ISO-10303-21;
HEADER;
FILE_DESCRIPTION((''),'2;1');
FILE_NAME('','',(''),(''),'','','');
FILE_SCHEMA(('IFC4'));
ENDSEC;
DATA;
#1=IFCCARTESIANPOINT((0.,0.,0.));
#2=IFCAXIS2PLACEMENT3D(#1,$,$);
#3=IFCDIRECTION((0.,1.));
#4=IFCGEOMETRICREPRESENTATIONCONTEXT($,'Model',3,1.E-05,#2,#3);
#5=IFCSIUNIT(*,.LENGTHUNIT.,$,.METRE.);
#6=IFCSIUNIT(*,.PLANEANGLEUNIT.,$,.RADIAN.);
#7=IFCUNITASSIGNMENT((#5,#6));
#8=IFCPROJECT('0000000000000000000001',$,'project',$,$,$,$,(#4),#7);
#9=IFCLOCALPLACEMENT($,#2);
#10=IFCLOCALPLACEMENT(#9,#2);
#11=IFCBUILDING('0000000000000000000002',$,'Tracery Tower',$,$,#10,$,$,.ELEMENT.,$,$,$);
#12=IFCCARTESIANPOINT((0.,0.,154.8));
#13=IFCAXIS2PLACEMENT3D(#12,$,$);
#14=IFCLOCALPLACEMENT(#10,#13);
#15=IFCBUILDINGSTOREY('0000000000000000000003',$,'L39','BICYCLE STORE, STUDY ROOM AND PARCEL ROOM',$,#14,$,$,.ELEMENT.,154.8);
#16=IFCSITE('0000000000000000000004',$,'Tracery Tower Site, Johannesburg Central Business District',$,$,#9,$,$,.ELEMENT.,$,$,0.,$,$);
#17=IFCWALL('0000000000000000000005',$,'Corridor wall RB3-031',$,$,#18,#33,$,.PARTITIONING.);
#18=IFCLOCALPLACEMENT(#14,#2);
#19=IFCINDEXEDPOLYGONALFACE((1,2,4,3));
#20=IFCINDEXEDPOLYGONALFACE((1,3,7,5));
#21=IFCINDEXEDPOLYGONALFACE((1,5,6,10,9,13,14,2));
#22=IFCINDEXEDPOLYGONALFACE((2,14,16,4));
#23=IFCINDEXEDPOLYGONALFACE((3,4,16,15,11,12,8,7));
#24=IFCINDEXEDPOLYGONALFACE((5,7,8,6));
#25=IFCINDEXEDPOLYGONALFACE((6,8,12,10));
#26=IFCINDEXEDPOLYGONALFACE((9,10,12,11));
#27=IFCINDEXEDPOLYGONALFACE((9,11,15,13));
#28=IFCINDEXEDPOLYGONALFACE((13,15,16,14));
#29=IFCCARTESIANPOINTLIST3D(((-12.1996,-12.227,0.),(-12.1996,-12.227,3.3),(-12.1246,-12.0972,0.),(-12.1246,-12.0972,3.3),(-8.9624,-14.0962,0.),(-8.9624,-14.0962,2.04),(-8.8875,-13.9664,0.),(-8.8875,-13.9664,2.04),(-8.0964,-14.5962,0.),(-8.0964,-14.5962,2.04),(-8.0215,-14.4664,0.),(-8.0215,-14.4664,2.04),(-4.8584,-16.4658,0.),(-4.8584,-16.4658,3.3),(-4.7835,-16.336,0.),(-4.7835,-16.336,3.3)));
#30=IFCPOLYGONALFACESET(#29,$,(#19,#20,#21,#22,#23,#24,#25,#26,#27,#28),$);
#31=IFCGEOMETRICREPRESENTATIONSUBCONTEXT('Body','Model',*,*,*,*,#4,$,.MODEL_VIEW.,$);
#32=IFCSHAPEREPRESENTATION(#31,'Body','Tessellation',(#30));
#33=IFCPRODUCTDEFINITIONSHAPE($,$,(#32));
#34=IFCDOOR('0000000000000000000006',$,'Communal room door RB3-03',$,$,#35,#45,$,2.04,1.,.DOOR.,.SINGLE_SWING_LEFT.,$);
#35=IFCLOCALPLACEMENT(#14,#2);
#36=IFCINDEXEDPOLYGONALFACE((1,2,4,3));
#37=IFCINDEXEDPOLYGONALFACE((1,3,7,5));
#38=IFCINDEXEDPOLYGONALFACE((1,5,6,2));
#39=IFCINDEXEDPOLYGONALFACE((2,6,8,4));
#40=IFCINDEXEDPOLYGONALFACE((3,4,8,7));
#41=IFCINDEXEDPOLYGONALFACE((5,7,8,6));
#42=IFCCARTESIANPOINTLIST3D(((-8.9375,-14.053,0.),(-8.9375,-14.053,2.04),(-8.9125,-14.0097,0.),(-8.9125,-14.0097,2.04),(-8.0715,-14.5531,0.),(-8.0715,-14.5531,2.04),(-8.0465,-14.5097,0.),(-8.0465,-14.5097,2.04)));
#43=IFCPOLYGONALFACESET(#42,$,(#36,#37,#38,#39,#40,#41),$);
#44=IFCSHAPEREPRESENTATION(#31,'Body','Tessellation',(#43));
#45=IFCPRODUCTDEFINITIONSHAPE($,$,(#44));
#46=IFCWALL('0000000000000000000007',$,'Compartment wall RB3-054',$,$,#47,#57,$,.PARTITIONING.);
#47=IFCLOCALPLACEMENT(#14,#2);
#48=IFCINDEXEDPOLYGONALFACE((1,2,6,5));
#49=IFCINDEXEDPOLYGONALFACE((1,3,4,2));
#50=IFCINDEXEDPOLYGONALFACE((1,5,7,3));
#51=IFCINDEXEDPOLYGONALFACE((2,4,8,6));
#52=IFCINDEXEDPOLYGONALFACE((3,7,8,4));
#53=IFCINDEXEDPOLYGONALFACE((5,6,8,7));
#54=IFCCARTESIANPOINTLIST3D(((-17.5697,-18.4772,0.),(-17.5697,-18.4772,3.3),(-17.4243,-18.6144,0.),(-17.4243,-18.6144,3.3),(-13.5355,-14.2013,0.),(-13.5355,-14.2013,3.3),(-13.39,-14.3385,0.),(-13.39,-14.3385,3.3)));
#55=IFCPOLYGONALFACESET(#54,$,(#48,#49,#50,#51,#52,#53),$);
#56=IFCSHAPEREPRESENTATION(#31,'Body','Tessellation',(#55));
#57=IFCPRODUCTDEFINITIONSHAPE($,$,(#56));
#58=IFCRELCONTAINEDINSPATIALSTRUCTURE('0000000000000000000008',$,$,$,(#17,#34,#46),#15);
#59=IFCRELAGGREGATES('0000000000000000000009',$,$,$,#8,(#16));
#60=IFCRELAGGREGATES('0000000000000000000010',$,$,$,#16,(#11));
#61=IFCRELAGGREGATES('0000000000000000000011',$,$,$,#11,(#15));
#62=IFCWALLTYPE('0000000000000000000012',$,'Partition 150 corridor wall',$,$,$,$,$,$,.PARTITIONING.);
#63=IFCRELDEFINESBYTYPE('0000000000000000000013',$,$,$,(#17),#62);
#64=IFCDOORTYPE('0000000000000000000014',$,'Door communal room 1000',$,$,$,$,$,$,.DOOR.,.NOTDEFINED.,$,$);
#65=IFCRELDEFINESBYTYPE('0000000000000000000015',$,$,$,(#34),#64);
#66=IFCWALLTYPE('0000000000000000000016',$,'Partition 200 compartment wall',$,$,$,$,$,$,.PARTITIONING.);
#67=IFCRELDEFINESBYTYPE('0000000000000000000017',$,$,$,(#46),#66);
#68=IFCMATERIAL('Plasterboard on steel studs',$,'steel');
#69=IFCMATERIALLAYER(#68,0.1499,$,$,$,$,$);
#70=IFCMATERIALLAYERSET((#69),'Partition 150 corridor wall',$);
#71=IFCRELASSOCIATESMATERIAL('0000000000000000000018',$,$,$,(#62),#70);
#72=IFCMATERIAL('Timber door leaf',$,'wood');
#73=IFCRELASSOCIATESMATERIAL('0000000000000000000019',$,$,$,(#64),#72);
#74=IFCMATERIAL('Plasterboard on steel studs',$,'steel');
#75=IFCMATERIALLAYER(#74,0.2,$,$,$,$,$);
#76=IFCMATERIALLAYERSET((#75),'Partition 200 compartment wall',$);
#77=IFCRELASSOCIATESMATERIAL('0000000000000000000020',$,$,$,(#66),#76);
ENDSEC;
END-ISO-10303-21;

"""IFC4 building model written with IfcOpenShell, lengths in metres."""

from ifc_helpers import new_model, si_unit, direction, frame, frame_2d, origin, place, context, subcontext, project, spatial, rectangle, extrude, material, layer, layer_set, type_object, element, fill, save


model = new_model("IFC4")

# Units and contexts
model_context = context("Model", 3, precision=1e-05, world=origin(), true_north=direction((0.0, 1.0)))
body_context = subcontext(model_context, "Body", "Model", "MODEL_VIEW")
ifc_project = project(units=[si_unit("LENGTHUNIT", "METRE"), si_unit("PLANEANGLEUNIT", "RADIAN")], contexts=[model_context])

# Site, building, storey
site_placement = place(None, origin())
site = spatial("IfcSite", under=ifc_project, at=site_placement, Name="Tracery Tower Site, Johannesburg Central Business District", CompositionType="ELEMENT", RefElevation=0.0)
building_placement = place(site_placement, origin())
building = spatial("IfcBuilding", under=site, at=building_placement, Name="Tracery Tower", CompositionType="ELEMENT")
storey_placement = place(building_placement, frame((0.0, 0.0, 154.8)))
storey = spatial("IfcBuildingStorey", under=building, at=storey_placement, Name="L39", Description="BICYCLE STORE, STUDY ROOM AND PARCEL ROOM", CompositionType="ELEMENT", Elevation=154.8)

# Wall, opening, door
ifc_material_1 = material(Name="Plasterboard on steel studs", Category="steel")
ifc_layer_1 = layer(ifc_material_1, 0.1499)
ifc_layer_set_1 = layer_set([ifc_layer_1], Name="Partition 150 corridor wall")
wall_type_1 = type_object("IfcWallType", Name="Partition 150 corridor wall", PredefinedType="PARTITIONING", material=ifc_layer_set_1)
wall_1_placement = place(storey_placement, frame((-12.1621, -12.1621, 0.0), z_axis=(0.0, 0.0, 1.0), x_axis=(0.866005, -0.500036, 0.0)))
wall_1 = element("IfcWall", 1, at=wall_1_placement, inside=storey, type_object=wall_type_1, Name="Corridor wall RB3-031", PredefinedType="PARTITIONING", context=body_context, shape_type="SweptSolid", body=[
    extrude(rectangle(XDim=8.4771, YDim=0.1499, at=frame_2d((4.2385, 0.0))), origin(), (0.0, 0.0, 1.0), 3.3),
])
opening_1_placement = place(wall_1_placement, frame((3.738, 0.0, 0.0)))
opening_1 = element("IfcOpeningElement", 2, at=opening_1_placement, cuts=wall_1, PredefinedType="OPENING", context=body_context, shape_type="SweptSolid", body=[
    extrude(rectangle(XDim=1.0, YDim=2.04, at=frame_2d((0.5, 1.02))), frame((0.0, 0.075, 0.0), z_axis=(0.0, -1.0, 0.0), x_axis=(1.0, 0.0, 0.0)), (0.0, 0.0, 1.0), 0.1499),
])
ifc_material_2 = material(Name="Timber door leaf", Category="wood")
door_type_1 = type_object("IfcDoorType", Name="Door communal room 1000", OperationType="NOTDEFINED", PredefinedType="DOOR", material=ifc_material_2)
door_1_placement = place(opening_1_placement, origin())
door_1 = element("IfcDoor", 3, at=door_1_placement, inside=storey, type_object=door_type_1, Name="Communal room door RB3-03", OperationType="SINGLE_SWING_LEFT", OverallHeight=2.04, OverallWidth=1.0, PredefinedType="DOOR", context=body_context, shape_type="SweptSolid", body=[
    extrude(rectangle(XDim=1.0, YDim=2.04, at=frame_2d((0.5, 1.02))), frame((0.0, 0.0249, 0.0), z_axis=(0.0, -1.0, 0.0), x_axis=(1.0, 0.0, 0.0)), (0.0, 0.0, 1.0), 0.05),
])
fill(opening_1, door_1)

# Wall
ifc_material_3 = material(Name="Plasterboard on steel studs", Category="steel")
ifc_layer_2 = layer(ifc_material_3, 0.2)
ifc_layer_set_2 = layer_set([ifc_layer_2], Name="Partition 200 compartment wall")
wall_type_2 = type_object("IfcWallType", Name="Partition 200 compartment wall", PredefinedType="PARTITIONING", material=ifc_layer_set_2)
wall_2_placement = place(storey_placement, frame((-17.4971, -18.5459, 0.0), z_axis=(0.0, 0.0, 1.0), x_axis=(0.68625, 0.727365, 0.0)))
element("IfcWall", 4, at=wall_2_placement, inside=storey, type_object=wall_type_2, Name="Compartment wall RB3-054", PredefinedType="PARTITIONING", context=body_context, shape_type="SweptSolid", body=[
    extrude(rectangle(XDim=5.8787, YDim=0.2, at=frame_2d((2.9395, 0.0))), origin(), (0.0, 0.0, 1.0), 3.3),
])

save(model, "model.ifc")
